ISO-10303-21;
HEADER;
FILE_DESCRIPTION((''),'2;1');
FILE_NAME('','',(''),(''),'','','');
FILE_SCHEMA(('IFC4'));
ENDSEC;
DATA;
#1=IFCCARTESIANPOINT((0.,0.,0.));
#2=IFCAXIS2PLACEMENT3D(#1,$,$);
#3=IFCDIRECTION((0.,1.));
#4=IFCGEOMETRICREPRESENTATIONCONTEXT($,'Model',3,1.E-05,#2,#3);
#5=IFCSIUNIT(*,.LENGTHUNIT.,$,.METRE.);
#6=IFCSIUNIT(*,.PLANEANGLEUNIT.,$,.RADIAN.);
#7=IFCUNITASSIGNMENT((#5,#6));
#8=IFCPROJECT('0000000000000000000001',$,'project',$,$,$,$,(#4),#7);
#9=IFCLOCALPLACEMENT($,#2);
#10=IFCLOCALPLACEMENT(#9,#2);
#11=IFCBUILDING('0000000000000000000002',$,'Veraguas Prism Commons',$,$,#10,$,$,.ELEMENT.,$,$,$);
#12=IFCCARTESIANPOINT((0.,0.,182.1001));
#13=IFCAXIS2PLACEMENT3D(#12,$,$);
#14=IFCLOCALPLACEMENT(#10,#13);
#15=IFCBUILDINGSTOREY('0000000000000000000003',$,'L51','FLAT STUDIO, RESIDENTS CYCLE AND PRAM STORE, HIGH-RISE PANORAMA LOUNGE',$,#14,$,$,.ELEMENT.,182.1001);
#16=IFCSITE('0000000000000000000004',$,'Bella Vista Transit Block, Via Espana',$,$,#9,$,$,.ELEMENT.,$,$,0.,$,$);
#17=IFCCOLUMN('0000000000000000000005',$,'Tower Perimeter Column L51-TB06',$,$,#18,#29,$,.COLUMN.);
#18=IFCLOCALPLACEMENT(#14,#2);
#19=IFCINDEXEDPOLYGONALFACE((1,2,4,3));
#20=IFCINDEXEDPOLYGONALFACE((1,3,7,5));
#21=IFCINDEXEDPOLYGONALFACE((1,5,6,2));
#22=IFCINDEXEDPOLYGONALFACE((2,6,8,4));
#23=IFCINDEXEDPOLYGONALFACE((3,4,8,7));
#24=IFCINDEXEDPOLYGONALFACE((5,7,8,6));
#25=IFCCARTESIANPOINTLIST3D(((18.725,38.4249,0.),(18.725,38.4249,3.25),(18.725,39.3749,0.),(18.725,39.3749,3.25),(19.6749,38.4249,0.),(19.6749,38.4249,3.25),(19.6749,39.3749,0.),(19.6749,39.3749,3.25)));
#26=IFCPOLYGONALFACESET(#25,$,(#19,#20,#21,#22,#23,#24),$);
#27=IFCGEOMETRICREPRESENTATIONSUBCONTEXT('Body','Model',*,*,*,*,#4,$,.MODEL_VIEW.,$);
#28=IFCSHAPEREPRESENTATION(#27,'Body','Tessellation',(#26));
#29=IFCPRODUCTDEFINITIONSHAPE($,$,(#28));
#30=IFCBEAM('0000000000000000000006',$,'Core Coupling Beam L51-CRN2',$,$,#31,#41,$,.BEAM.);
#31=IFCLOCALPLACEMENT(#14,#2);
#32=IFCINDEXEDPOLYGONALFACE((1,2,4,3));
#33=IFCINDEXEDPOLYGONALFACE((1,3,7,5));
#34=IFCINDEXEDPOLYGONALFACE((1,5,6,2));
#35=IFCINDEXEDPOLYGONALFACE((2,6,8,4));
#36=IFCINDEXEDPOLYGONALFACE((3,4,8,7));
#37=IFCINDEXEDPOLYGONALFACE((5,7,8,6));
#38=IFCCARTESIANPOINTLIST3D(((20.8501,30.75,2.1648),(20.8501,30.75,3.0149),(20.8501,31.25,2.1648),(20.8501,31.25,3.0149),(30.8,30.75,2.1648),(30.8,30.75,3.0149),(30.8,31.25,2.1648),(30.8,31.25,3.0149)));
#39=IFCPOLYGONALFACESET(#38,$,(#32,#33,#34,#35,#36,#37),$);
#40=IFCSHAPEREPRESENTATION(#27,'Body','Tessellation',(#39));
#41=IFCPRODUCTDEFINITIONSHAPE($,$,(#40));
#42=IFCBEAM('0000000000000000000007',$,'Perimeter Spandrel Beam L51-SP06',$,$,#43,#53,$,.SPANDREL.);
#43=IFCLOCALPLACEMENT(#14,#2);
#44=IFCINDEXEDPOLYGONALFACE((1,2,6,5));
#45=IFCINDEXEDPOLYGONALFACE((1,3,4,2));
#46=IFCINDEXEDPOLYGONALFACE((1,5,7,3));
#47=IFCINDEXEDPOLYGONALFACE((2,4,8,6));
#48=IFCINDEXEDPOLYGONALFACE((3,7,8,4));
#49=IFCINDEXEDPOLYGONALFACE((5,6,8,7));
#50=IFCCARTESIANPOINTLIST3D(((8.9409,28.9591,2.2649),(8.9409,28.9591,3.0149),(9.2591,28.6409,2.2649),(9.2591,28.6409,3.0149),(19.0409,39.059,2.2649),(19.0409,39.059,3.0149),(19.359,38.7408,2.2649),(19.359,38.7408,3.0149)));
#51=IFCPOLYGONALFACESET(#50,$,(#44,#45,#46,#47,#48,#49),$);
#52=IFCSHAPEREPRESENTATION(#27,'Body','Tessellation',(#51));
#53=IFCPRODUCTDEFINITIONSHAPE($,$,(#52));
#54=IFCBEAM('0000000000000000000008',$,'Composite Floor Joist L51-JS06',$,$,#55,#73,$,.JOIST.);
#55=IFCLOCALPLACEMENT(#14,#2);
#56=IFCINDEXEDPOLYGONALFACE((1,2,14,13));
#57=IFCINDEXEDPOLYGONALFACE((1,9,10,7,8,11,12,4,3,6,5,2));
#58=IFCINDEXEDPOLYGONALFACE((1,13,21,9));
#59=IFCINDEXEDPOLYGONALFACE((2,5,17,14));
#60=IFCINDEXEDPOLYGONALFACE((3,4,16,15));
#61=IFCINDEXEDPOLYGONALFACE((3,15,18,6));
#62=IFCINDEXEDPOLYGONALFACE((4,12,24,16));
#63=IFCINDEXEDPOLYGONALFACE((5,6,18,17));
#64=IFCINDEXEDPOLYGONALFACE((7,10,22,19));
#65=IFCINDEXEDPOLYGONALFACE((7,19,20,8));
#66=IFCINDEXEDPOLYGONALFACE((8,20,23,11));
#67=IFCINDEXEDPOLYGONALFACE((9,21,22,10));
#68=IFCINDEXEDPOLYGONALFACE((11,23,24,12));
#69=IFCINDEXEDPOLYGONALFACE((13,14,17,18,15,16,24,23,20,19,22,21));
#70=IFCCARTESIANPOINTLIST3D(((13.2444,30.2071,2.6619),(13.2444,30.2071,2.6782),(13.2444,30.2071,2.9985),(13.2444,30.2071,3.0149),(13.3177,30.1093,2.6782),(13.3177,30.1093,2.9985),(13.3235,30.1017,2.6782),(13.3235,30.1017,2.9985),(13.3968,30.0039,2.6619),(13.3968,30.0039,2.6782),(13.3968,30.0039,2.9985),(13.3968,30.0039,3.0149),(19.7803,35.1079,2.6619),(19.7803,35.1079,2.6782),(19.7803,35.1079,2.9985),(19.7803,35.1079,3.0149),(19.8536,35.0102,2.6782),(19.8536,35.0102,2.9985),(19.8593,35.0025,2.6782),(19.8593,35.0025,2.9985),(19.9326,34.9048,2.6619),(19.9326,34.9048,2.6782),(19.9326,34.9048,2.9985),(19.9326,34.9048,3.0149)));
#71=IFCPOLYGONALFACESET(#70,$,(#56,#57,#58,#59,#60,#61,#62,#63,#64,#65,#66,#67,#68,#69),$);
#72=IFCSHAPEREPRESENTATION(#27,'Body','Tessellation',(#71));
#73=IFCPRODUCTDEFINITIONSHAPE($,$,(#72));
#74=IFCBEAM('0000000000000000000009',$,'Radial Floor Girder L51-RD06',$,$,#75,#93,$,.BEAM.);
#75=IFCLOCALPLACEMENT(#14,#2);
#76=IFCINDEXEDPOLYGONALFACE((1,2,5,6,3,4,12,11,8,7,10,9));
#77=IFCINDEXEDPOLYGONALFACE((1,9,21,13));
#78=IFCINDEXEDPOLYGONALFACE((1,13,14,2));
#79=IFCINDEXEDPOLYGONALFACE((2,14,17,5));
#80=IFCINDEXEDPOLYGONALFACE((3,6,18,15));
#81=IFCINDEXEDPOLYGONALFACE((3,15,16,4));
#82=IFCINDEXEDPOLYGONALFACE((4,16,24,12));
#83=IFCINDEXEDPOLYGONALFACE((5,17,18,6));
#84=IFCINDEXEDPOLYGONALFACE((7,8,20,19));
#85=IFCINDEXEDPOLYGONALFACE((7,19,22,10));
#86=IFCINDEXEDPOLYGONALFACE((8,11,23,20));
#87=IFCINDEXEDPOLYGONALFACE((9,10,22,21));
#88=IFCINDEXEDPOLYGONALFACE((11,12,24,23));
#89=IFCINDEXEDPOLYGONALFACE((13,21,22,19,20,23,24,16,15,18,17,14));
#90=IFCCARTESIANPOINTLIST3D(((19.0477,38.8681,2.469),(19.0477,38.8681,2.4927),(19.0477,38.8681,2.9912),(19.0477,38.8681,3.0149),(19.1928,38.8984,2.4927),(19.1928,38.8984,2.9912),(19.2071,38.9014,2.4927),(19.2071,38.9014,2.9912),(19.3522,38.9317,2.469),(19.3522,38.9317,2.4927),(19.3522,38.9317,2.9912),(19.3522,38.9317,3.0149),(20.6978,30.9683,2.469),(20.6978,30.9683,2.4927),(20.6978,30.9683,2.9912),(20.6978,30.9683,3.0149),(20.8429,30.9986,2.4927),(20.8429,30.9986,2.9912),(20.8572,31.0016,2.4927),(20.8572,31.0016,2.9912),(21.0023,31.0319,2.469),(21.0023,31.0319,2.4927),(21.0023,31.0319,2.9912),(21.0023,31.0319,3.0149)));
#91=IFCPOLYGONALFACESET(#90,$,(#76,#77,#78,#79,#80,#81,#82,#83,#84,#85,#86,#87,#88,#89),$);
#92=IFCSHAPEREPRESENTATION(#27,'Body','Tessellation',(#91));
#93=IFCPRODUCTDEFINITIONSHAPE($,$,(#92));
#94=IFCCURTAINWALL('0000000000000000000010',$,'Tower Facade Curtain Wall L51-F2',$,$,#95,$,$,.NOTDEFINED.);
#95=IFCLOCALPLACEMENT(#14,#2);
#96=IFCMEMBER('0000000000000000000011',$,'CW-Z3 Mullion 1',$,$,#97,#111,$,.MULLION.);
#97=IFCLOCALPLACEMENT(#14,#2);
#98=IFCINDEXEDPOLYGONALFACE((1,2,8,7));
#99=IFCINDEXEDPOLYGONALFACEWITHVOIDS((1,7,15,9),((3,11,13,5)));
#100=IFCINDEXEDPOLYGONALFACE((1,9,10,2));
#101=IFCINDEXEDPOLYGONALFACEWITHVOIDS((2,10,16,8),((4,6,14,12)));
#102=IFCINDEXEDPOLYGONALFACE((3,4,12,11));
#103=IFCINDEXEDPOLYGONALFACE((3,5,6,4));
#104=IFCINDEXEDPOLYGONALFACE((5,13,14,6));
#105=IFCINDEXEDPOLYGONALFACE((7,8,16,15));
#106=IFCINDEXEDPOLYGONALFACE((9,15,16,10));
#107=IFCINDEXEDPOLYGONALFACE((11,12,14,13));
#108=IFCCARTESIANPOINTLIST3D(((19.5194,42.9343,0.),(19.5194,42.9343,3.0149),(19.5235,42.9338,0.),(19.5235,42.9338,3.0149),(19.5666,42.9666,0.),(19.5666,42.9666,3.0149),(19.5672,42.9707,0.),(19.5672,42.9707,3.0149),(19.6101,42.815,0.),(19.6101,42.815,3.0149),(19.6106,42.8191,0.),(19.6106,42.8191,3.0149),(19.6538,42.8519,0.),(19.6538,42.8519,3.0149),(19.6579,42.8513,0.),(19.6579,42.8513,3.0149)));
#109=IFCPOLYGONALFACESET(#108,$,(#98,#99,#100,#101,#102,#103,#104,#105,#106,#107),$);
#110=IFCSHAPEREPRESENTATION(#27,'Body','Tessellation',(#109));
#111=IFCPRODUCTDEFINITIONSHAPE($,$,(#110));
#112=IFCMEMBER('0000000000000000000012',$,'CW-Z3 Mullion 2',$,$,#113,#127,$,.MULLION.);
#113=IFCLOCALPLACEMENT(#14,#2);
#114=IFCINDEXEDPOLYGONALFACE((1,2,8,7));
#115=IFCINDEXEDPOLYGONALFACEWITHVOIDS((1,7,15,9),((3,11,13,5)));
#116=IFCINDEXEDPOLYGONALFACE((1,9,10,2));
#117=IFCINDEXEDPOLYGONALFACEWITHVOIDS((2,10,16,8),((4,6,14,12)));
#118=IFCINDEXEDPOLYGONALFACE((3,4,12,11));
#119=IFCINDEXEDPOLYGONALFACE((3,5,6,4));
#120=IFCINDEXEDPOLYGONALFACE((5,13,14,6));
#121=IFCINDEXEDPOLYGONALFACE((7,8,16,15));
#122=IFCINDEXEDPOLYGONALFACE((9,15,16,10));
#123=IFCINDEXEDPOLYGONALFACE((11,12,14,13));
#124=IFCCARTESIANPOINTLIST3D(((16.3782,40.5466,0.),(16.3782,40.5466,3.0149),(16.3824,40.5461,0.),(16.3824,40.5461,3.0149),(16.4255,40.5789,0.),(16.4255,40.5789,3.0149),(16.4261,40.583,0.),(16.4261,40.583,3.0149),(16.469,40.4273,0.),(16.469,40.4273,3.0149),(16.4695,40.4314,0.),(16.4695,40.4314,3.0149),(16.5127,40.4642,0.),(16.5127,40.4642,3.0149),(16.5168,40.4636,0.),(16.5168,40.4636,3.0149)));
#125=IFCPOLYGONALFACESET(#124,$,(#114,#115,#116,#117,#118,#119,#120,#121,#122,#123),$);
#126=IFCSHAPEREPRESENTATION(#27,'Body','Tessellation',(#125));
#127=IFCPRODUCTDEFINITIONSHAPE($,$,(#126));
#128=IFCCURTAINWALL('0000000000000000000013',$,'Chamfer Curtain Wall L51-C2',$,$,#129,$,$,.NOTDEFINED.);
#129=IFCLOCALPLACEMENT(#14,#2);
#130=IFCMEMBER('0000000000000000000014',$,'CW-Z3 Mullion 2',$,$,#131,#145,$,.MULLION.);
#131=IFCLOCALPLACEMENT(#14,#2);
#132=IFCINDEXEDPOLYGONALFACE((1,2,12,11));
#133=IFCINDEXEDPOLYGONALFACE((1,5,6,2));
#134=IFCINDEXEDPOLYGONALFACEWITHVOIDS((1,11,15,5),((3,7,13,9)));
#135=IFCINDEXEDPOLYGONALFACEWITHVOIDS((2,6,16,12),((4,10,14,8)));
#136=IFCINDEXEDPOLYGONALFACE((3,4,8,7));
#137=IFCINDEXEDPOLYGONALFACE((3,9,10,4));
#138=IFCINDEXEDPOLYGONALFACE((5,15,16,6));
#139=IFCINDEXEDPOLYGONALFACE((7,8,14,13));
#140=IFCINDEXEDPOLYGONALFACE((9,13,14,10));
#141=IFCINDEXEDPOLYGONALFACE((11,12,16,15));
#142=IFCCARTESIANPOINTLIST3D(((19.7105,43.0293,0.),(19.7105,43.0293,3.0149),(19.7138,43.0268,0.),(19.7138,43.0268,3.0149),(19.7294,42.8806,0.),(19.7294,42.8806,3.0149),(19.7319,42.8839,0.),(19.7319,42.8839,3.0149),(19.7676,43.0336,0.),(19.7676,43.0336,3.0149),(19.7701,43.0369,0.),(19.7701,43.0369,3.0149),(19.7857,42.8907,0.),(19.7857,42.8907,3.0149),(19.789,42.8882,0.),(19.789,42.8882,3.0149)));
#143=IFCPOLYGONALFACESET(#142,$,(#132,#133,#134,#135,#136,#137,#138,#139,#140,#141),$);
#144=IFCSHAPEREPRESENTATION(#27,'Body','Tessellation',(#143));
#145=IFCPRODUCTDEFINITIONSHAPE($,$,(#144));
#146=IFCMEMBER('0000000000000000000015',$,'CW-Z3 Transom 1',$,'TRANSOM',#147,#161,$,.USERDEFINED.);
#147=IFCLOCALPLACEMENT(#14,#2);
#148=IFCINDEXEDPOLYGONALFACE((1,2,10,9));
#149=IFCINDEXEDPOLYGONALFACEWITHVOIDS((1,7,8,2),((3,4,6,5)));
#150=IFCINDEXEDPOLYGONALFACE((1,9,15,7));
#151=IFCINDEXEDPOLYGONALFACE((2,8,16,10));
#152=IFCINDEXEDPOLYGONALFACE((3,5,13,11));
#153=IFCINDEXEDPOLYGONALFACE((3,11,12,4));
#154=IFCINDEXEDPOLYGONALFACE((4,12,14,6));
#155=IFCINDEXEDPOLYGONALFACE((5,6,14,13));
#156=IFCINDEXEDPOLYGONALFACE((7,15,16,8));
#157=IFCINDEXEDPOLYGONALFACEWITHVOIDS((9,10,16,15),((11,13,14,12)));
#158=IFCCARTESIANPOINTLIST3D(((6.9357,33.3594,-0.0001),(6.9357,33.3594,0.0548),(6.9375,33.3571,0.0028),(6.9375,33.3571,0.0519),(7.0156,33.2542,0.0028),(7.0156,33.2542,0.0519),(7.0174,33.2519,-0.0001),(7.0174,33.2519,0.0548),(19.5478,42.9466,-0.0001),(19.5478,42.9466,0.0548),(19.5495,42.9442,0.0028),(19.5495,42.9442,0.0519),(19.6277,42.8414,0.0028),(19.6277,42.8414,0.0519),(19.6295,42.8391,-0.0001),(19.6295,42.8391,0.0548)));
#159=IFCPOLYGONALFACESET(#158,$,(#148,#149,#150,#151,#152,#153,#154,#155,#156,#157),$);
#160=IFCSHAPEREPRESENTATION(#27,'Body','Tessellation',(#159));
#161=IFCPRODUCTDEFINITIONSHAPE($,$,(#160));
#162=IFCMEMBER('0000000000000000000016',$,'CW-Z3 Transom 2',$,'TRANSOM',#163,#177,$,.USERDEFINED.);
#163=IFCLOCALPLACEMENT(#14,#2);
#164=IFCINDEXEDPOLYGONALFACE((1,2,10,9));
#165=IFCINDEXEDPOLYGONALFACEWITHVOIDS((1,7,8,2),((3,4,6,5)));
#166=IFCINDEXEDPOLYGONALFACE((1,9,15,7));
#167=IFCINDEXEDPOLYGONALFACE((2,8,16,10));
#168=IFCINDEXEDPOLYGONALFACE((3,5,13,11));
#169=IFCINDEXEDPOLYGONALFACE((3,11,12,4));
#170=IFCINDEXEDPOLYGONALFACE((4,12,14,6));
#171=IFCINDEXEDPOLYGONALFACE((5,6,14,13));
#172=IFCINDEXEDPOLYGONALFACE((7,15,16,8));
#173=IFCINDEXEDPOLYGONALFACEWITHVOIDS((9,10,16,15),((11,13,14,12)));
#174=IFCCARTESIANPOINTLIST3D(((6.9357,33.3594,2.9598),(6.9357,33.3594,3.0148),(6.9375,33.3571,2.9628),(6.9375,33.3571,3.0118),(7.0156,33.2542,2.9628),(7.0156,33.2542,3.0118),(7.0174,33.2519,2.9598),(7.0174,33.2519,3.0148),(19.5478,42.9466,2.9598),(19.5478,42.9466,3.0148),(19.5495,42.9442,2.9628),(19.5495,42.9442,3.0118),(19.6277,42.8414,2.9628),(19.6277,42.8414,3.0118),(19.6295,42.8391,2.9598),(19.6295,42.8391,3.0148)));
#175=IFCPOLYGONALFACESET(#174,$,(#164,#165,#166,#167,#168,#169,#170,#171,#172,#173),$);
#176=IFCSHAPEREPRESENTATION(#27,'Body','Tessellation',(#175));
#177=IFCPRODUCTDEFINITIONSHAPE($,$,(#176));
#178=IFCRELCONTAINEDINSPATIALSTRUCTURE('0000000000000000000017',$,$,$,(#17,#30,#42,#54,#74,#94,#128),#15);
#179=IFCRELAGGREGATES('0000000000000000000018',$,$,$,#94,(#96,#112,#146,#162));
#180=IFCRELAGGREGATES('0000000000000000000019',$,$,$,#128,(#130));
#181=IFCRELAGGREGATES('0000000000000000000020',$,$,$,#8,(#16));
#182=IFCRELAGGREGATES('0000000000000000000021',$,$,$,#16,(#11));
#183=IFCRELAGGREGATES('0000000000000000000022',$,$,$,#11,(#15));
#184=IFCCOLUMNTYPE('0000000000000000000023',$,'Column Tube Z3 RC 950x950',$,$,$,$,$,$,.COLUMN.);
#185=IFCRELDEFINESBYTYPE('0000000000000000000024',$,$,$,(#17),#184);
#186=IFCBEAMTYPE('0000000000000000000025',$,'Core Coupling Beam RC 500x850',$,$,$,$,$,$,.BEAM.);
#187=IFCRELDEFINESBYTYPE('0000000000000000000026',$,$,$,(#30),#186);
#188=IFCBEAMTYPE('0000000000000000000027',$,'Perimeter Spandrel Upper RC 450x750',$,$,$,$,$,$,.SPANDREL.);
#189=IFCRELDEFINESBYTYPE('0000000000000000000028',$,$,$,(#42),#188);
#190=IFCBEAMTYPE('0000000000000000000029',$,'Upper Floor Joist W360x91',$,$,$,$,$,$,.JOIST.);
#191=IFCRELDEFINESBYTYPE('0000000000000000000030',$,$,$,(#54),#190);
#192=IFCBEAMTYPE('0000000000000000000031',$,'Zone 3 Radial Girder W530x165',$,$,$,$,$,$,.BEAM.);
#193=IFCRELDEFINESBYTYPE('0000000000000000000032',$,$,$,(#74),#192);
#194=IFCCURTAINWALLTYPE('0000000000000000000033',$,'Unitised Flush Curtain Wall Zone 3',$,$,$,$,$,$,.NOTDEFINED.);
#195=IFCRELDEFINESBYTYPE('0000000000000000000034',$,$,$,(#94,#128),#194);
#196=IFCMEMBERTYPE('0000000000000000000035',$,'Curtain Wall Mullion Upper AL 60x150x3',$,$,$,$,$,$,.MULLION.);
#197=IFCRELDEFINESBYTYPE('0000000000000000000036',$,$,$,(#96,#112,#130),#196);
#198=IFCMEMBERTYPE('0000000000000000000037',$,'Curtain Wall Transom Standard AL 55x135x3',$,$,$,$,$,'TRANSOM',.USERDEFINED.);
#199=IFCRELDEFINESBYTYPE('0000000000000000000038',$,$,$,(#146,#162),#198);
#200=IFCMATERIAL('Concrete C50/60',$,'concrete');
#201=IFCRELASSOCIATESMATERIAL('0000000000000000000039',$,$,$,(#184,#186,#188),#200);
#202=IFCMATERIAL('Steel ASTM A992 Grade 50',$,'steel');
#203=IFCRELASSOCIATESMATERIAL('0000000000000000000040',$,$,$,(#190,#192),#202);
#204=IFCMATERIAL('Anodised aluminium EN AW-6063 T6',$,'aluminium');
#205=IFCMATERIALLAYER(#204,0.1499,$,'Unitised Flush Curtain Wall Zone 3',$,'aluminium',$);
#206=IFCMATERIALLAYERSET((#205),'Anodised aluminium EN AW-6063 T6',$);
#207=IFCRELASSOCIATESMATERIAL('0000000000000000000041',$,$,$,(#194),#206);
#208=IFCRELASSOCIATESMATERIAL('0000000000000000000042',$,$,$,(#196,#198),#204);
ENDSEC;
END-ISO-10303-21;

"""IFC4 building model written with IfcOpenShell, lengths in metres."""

from ifc_helpers import new_model, si_unit, direction, frame, origin, origin_2d, place, context, subcontext, project, spatial, rectangle, hollow_rectangle, i_section, extrude, source, transform, mapped, material, layer, layer_set, material_profile, profile_set, type_object, element, aggregate, save


model = new_model("IFC4")

# Units and contexts
model_context = context("Model", 3, precision=1e-05, world=origin(), true_north=direction((0.0, 1.0)))
body_context = subcontext(model_context, "Body", "Model", "MODEL_VIEW")
ifc_project = project(units=[si_unit("LENGTHUNIT", "METRE"), si_unit("PLANEANGLEUNIT", "RADIAN")], contexts=[model_context])

# Site, building, storey
site_placement = place(None, origin())
site = spatial("IfcSite", under=ifc_project, at=site_placement, Name="Bella Vista Transit Block, Via Espana", CompositionType="ELEMENT", RefElevation=0.0)
building_placement = place(site_placement, origin())
building = spatial("IfcBuilding", under=site, at=building_placement, Name="Veraguas Prism Commons", CompositionType="ELEMENT")
storey_placement = place(building_placement, frame((0.0, 0.0, 182.1001)))
storey = spatial("IfcBuildingStorey", under=building, at=storey_placement, Name="L51", Description="FLAT STUDIO, RESIDENTS CYCLE AND PRAM STORE, HIGH-RISE PANORAMA LOUNGE", CompositionType="ELEMENT", Elevation=182.1001)

# Column
ifc_material_1 = material(Name="Concrete C50/60", Category="concrete")
ifc_material_profile_1 = material_profile(ifc_material_1, rectangle(XDim=0.95, YDim=0.95, at=origin_2d()), Name="RC950X950")
ifc_profile_set_1 = profile_set([ifc_material_profile_1], Name="Concrete C50/60")
column_type = type_object("IfcColumnType", Name="Column Tube Z3 RC 950x950", PredefinedType="COLUMN", material=ifc_profile_set_1)
column_placement = place(storey_placement, frame((19.2, 38.8999, 0.0), z_axis=(0.0, 0.0, 1.0), x_axis=(1.0, 0.0, 0.0)))
element("IfcColumn", 1, at=column_placement, inside=storey, type_object=column_type, Name="Tower Perimeter Column L51-TB06", PredefinedType="COLUMN", context=body_context, shape_type="SweptSolid", body=[
    extrude(rectangle(XDim=0.95, YDim=0.95, at=origin_2d()), origin(), (0.0, 0.0, 1.0), 3.25),
])

# Beams
ifc_material_profile_2 = material_profile(ifc_material_1, rectangle(XDim=0.5, YDim=0.8501, at=origin_2d()), Name="RC500X850")
ifc_profile_set_2 = profile_set([ifc_material_profile_2], Name="Concrete C50/60")
beam_type_1 = type_object("IfcBeamType", Name="Core Coupling Beam RC 500x850", PredefinedType="BEAM", material=ifc_profile_set_2)
beam_1_placement = place(storey_placement, frame((20.8501, 31.0, 2.5898), z_axis=(1.0, 0.0, 0.0), x_axis=(0.0, 1.0, 0.0)))
element("IfcBeam", 2, at=beam_1_placement, inside=storey, type_object=beam_type_1, Name="Core Coupling Beam L51-CRN2", PredefinedType="BEAM", context=body_context, shape_type="SweptSolid", body=[
    extrude(rectangle(XDim=0.5, YDim=0.8501, at=origin_2d()), origin(), (0.0, 0.0, 1.0), 9.95),
])
ifc_material_profile_3 = material_profile(ifc_material_1, rectangle(XDim=0.45, YDim=0.75, at=origin_2d()), Name="RC450X750")
ifc_profile_set_3 = profile_set([ifc_material_profile_3], Name="Concrete C50/60")
beam_type_2 = type_object("IfcBeamType", Name="Perimeter Spandrel Upper RC 450x750", PredefinedType="SPANDREL", material=ifc_profile_set_3)
beam_2_placement = place(storey_placement, frame((19.2, 38.8999, 2.6399), z_axis=(-0.707107, -0.707107, 0.0), x_axis=(0.707107, -0.707107, 0.0)))
element("IfcBeam", 3, at=beam_2_placement, inside=storey, type_object=beam_type_2, Name="Perimeter Spandrel Beam L51-SP06", PredefinedType="SPANDREL", context=body_context, shape_type="SweptSolid", body=[
    extrude(rectangle(XDim=0.45, YDim=0.75, at=origin_2d()), origin(), (0.0, 0.0, 1.0), 14.2834),
])
ifc_material_2 = material(Name="Steel ASTM A992 Grade 50", Category="steel")
ifc_material_profile_4 = material_profile(ifc_material_2, i_section(OverallWidth=0.2539, OverallDepth=0.353, WebThickness=0.0095, FlangeThickness=0.0164, at=origin_2d()), Name="W360X91")
ifc_profile_set_4 = profile_set([ifc_material_profile_4], Name="Steel ASTM A992 Grade 50")
beam_type_3 = type_object("IfcBeamType", Name="Upper Floor Joist W360x91", PredefinedType="JOIST", material=ifc_profile_set_4)
beam_3_placement = place(storey_placement, frame((19.8564, 35.0063, 2.8384), z_axis=(-0.800061, -0.599919, 0.0), x_axis=(0.599919, -0.800061, 0.0)))
element("IfcBeam", 4, at=beam_3_placement, inside=storey, type_object=beam_type_3, Name="Composite Floor Joist L51-JS06", PredefinedType="JOIST", context=body_context, shape_type="SweptSolid", body=[
    extrude(i_section(OverallWidth=0.2539, OverallDepth=0.353, WebThickness=0.0095, FlangeThickness=0.0164, at=origin_2d()), origin(), (0.0, 0.0, 1.0), 8.1692),
])
ifc_material_profile_5 = material_profile(ifc_material_2, i_section(OverallWidth=0.311, OverallDepth=0.5459, WebThickness=0.0146, FlangeThickness=0.0237, at=origin_2d()), Name="W530X165")
ifc_profile_set_5 = profile_set([ifc_material_profile_5], Name="Steel ASTM A992 Grade 50")
beam_type_4 = type_object("IfcBeamType", Name="Zone 3 Radial Girder W530x165", PredefinedType="BEAM", material=ifc_profile_set_5)
beam_4_placement = place(storey_placement, frame((19.2, 38.8999, 2.7419), z_axis=(0.204469, -0.978873, 0.0), x_axis=(0.978873, 0.204469, 0.0)))
element("IfcBeam", 5, at=beam_4_placement, inside=storey, type_object=beam_type_4, Name="Radial Floor Girder L51-RD06", PredefinedType="BEAM", context=body_context, shape_type="SweptSolid", body=[
    extrude(i_section(OverallWidth=0.311, OverallDepth=0.5459, WebThickness=0.0146, FlangeThickness=0.0237, at=origin_2d()), origin(), (0.0, 0.0, 1.0), 8.0703),
])

# Curtain wall, members
ifc_material_3 = material(Name="Anodised aluminium EN AW-6063 T6", Category="aluminium")
ifc_layer_1 = layer(ifc_material_3, 0.1499, Name="Unitised Flush Curtain Wall Zone 3", Category="aluminium")
ifc_layer_set_1 = layer_set([ifc_layer_1], Name="Anodised aluminium EN AW-6063 T6")
curtain_wall_type = type_object("IfcCurtainWallType", Name="Unitised Flush Curtain Wall Zone 3", PredefinedType="NOTDEFINED", material=ifc_layer_set_1)
curtain_wall_1_placement = place(storey_placement, origin())
curtain_wall_1 = element("IfcCurtainWall", 6, at=curtain_wall_1_placement, inside=storey, type_object=curtain_wall_type, Name="Tower Facade Curtain Wall L51-F2", PredefinedType="NOTDEFINED")
ifc_material_profile_6 = material_profile(ifc_material_3, hollow_rectangle(XDim=0.0601, YDim=0.1499, WallThickness=0.0029, at=origin_2d()), Name="AL60X150X3")
ifc_profile_set_6 = profile_set([ifc_material_profile_6], Name="Anodised aluminium EN AW-6063 T6")
member_type_1 = type_object("IfcMemberType", Name="Curtain Wall Mullion Upper AL 60x150x3", PredefinedType="MULLION", material=ifc_profile_set_6)
shared_shape_1 = source(origin(), body_context, "Body", "SweptSolid", [
    extrude(hollow_rectangle(XDim=0.0601, YDim=0.1499, WallThickness=0.0029, at=origin_2d()), origin(), (0.0, 0.0, 1.0), 3.0149),
])
member_1_placement = place(storey_placement, frame((19.5886, 42.8928, 0.0), z_axis=(0.0, 0.0, 1.0), x_axis=(-0.796104, -0.605159, 0.0)))
member_1 = element("IfcMember", 7, at=member_1_placement, type_object=member_type_1, Name="CW-Z3 Mullion 1", PredefinedType="MULLION", context=body_context, shape_type="MappedRepresentation", body=[
    mapped(shared_shape_1, transform((0.0, 0.0, 0.0), scale=1.0)),
])
member_2_placement = place(storey_placement, frame((16.4475, 40.5051, 0.0), z_axis=(0.0, 0.0, 1.0), x_axis=(-0.796104, -0.605159, 0.0)))
member_2 = element("IfcMember", 8, at=member_2_placement, type_object=member_type_1, Name="CW-Z3 Mullion 2", PredefinedType="MULLION", context=body_context, shape_type="MappedRepresentation", body=[
    mapped(shared_shape_1, transform((0.0, 0.0, 0.0), scale=1.0)),
])

# Curtain wall, member
curtain_wall_2_placement = place(storey_placement, origin())
curtain_wall_2 = element("IfcCurtainWall", 9, at=curtain_wall_2_placement, inside=storey, type_object=curtain_wall_type, Name="Chamfer Curtain Wall L51-C2", PredefinedType="NOTDEFINED")
member_3_placement = place(storey_placement, frame((19.7498, 42.9587, 0.0), z_axis=(0.0, 0.0, 1.0), x_axis=(-0.992031, -0.125996, 0.0)))
member_3 = element("IfcMember", 10, at=member_3_placement, type_object=member_type_1, Name="CW-Z3 Mullion 2", PredefinedType="MULLION", context=body_context, shape_type="MappedRepresentation", body=[
    mapped(shared_shape_1, transform((0.0, 0.0, 0.0), scale=1.0)),
])

# Members
ifc_material_profile_7 = material_profile(ifc_material_3, hollow_rectangle(XDim=0.0549, YDim=0.135, WallThickness=0.0029, at=origin_2d()), Name="AL55X135X3")
ifc_profile_set_7 = profile_set([ifc_material_profile_7], Name="Anodised aluminium EN AW-6063 T6")
member_type_2 = type_object("IfcMemberType", Name="Curtain Wall Transom Standard AL 55x135x3", ElementType="TRANSOM", PredefinedType="USERDEFINED", material=ifc_profile_set_7)
shared_shape_2 = source(origin(), body_context, "Body", "SweptSolid", [
    extrude(hollow_rectangle(XDim=0.0549, YDim=0.135, WallThickness=0.0029, at=origin_2d()), origin(), (0.0, 0.0, 1.0), 15.8423),
])
member_4_placement = place(storey_placement, frame((19.5886, 42.8928, 0.0273), z_axis=(-0.796102, -0.605163, 0.0), x_axis=(0.0, 0.0, 1.0)))
member_4 = element("IfcMember", 11, at=member_4_placement, type_object=member_type_2, Name="CW-Z3 Transom 1", ObjectType="TRANSOM", PredefinedType="USERDEFINED", context=body_context, shape_type="MappedRepresentation", body=[
    mapped(shared_shape_2, transform((0.0, 0.0, 0.0), scale=1.0)),
])
member_5_placement = place(storey_placement, frame((19.5886, 42.8928, 2.9873), z_axis=(-0.796102, -0.605163, 0.0), x_axis=(0.0, 0.0, 1.0)))
member_5 = element("IfcMember", 12, at=member_5_placement, type_object=member_type_2, Name="CW-Z3 Transom 2", ObjectType="TRANSOM", PredefinedType="USERDEFINED", context=body_context, shape_type="MappedRepresentation", body=[
    mapped(shared_shape_2, transform((0.0, 0.0, 0.0), scale=1.0)),
])

aggregate(curtain_wall_1, [member_1, member_2, member_4, member_5])
aggregate(curtain_wall_2, [member_3])

save(model, "model.ifc")
